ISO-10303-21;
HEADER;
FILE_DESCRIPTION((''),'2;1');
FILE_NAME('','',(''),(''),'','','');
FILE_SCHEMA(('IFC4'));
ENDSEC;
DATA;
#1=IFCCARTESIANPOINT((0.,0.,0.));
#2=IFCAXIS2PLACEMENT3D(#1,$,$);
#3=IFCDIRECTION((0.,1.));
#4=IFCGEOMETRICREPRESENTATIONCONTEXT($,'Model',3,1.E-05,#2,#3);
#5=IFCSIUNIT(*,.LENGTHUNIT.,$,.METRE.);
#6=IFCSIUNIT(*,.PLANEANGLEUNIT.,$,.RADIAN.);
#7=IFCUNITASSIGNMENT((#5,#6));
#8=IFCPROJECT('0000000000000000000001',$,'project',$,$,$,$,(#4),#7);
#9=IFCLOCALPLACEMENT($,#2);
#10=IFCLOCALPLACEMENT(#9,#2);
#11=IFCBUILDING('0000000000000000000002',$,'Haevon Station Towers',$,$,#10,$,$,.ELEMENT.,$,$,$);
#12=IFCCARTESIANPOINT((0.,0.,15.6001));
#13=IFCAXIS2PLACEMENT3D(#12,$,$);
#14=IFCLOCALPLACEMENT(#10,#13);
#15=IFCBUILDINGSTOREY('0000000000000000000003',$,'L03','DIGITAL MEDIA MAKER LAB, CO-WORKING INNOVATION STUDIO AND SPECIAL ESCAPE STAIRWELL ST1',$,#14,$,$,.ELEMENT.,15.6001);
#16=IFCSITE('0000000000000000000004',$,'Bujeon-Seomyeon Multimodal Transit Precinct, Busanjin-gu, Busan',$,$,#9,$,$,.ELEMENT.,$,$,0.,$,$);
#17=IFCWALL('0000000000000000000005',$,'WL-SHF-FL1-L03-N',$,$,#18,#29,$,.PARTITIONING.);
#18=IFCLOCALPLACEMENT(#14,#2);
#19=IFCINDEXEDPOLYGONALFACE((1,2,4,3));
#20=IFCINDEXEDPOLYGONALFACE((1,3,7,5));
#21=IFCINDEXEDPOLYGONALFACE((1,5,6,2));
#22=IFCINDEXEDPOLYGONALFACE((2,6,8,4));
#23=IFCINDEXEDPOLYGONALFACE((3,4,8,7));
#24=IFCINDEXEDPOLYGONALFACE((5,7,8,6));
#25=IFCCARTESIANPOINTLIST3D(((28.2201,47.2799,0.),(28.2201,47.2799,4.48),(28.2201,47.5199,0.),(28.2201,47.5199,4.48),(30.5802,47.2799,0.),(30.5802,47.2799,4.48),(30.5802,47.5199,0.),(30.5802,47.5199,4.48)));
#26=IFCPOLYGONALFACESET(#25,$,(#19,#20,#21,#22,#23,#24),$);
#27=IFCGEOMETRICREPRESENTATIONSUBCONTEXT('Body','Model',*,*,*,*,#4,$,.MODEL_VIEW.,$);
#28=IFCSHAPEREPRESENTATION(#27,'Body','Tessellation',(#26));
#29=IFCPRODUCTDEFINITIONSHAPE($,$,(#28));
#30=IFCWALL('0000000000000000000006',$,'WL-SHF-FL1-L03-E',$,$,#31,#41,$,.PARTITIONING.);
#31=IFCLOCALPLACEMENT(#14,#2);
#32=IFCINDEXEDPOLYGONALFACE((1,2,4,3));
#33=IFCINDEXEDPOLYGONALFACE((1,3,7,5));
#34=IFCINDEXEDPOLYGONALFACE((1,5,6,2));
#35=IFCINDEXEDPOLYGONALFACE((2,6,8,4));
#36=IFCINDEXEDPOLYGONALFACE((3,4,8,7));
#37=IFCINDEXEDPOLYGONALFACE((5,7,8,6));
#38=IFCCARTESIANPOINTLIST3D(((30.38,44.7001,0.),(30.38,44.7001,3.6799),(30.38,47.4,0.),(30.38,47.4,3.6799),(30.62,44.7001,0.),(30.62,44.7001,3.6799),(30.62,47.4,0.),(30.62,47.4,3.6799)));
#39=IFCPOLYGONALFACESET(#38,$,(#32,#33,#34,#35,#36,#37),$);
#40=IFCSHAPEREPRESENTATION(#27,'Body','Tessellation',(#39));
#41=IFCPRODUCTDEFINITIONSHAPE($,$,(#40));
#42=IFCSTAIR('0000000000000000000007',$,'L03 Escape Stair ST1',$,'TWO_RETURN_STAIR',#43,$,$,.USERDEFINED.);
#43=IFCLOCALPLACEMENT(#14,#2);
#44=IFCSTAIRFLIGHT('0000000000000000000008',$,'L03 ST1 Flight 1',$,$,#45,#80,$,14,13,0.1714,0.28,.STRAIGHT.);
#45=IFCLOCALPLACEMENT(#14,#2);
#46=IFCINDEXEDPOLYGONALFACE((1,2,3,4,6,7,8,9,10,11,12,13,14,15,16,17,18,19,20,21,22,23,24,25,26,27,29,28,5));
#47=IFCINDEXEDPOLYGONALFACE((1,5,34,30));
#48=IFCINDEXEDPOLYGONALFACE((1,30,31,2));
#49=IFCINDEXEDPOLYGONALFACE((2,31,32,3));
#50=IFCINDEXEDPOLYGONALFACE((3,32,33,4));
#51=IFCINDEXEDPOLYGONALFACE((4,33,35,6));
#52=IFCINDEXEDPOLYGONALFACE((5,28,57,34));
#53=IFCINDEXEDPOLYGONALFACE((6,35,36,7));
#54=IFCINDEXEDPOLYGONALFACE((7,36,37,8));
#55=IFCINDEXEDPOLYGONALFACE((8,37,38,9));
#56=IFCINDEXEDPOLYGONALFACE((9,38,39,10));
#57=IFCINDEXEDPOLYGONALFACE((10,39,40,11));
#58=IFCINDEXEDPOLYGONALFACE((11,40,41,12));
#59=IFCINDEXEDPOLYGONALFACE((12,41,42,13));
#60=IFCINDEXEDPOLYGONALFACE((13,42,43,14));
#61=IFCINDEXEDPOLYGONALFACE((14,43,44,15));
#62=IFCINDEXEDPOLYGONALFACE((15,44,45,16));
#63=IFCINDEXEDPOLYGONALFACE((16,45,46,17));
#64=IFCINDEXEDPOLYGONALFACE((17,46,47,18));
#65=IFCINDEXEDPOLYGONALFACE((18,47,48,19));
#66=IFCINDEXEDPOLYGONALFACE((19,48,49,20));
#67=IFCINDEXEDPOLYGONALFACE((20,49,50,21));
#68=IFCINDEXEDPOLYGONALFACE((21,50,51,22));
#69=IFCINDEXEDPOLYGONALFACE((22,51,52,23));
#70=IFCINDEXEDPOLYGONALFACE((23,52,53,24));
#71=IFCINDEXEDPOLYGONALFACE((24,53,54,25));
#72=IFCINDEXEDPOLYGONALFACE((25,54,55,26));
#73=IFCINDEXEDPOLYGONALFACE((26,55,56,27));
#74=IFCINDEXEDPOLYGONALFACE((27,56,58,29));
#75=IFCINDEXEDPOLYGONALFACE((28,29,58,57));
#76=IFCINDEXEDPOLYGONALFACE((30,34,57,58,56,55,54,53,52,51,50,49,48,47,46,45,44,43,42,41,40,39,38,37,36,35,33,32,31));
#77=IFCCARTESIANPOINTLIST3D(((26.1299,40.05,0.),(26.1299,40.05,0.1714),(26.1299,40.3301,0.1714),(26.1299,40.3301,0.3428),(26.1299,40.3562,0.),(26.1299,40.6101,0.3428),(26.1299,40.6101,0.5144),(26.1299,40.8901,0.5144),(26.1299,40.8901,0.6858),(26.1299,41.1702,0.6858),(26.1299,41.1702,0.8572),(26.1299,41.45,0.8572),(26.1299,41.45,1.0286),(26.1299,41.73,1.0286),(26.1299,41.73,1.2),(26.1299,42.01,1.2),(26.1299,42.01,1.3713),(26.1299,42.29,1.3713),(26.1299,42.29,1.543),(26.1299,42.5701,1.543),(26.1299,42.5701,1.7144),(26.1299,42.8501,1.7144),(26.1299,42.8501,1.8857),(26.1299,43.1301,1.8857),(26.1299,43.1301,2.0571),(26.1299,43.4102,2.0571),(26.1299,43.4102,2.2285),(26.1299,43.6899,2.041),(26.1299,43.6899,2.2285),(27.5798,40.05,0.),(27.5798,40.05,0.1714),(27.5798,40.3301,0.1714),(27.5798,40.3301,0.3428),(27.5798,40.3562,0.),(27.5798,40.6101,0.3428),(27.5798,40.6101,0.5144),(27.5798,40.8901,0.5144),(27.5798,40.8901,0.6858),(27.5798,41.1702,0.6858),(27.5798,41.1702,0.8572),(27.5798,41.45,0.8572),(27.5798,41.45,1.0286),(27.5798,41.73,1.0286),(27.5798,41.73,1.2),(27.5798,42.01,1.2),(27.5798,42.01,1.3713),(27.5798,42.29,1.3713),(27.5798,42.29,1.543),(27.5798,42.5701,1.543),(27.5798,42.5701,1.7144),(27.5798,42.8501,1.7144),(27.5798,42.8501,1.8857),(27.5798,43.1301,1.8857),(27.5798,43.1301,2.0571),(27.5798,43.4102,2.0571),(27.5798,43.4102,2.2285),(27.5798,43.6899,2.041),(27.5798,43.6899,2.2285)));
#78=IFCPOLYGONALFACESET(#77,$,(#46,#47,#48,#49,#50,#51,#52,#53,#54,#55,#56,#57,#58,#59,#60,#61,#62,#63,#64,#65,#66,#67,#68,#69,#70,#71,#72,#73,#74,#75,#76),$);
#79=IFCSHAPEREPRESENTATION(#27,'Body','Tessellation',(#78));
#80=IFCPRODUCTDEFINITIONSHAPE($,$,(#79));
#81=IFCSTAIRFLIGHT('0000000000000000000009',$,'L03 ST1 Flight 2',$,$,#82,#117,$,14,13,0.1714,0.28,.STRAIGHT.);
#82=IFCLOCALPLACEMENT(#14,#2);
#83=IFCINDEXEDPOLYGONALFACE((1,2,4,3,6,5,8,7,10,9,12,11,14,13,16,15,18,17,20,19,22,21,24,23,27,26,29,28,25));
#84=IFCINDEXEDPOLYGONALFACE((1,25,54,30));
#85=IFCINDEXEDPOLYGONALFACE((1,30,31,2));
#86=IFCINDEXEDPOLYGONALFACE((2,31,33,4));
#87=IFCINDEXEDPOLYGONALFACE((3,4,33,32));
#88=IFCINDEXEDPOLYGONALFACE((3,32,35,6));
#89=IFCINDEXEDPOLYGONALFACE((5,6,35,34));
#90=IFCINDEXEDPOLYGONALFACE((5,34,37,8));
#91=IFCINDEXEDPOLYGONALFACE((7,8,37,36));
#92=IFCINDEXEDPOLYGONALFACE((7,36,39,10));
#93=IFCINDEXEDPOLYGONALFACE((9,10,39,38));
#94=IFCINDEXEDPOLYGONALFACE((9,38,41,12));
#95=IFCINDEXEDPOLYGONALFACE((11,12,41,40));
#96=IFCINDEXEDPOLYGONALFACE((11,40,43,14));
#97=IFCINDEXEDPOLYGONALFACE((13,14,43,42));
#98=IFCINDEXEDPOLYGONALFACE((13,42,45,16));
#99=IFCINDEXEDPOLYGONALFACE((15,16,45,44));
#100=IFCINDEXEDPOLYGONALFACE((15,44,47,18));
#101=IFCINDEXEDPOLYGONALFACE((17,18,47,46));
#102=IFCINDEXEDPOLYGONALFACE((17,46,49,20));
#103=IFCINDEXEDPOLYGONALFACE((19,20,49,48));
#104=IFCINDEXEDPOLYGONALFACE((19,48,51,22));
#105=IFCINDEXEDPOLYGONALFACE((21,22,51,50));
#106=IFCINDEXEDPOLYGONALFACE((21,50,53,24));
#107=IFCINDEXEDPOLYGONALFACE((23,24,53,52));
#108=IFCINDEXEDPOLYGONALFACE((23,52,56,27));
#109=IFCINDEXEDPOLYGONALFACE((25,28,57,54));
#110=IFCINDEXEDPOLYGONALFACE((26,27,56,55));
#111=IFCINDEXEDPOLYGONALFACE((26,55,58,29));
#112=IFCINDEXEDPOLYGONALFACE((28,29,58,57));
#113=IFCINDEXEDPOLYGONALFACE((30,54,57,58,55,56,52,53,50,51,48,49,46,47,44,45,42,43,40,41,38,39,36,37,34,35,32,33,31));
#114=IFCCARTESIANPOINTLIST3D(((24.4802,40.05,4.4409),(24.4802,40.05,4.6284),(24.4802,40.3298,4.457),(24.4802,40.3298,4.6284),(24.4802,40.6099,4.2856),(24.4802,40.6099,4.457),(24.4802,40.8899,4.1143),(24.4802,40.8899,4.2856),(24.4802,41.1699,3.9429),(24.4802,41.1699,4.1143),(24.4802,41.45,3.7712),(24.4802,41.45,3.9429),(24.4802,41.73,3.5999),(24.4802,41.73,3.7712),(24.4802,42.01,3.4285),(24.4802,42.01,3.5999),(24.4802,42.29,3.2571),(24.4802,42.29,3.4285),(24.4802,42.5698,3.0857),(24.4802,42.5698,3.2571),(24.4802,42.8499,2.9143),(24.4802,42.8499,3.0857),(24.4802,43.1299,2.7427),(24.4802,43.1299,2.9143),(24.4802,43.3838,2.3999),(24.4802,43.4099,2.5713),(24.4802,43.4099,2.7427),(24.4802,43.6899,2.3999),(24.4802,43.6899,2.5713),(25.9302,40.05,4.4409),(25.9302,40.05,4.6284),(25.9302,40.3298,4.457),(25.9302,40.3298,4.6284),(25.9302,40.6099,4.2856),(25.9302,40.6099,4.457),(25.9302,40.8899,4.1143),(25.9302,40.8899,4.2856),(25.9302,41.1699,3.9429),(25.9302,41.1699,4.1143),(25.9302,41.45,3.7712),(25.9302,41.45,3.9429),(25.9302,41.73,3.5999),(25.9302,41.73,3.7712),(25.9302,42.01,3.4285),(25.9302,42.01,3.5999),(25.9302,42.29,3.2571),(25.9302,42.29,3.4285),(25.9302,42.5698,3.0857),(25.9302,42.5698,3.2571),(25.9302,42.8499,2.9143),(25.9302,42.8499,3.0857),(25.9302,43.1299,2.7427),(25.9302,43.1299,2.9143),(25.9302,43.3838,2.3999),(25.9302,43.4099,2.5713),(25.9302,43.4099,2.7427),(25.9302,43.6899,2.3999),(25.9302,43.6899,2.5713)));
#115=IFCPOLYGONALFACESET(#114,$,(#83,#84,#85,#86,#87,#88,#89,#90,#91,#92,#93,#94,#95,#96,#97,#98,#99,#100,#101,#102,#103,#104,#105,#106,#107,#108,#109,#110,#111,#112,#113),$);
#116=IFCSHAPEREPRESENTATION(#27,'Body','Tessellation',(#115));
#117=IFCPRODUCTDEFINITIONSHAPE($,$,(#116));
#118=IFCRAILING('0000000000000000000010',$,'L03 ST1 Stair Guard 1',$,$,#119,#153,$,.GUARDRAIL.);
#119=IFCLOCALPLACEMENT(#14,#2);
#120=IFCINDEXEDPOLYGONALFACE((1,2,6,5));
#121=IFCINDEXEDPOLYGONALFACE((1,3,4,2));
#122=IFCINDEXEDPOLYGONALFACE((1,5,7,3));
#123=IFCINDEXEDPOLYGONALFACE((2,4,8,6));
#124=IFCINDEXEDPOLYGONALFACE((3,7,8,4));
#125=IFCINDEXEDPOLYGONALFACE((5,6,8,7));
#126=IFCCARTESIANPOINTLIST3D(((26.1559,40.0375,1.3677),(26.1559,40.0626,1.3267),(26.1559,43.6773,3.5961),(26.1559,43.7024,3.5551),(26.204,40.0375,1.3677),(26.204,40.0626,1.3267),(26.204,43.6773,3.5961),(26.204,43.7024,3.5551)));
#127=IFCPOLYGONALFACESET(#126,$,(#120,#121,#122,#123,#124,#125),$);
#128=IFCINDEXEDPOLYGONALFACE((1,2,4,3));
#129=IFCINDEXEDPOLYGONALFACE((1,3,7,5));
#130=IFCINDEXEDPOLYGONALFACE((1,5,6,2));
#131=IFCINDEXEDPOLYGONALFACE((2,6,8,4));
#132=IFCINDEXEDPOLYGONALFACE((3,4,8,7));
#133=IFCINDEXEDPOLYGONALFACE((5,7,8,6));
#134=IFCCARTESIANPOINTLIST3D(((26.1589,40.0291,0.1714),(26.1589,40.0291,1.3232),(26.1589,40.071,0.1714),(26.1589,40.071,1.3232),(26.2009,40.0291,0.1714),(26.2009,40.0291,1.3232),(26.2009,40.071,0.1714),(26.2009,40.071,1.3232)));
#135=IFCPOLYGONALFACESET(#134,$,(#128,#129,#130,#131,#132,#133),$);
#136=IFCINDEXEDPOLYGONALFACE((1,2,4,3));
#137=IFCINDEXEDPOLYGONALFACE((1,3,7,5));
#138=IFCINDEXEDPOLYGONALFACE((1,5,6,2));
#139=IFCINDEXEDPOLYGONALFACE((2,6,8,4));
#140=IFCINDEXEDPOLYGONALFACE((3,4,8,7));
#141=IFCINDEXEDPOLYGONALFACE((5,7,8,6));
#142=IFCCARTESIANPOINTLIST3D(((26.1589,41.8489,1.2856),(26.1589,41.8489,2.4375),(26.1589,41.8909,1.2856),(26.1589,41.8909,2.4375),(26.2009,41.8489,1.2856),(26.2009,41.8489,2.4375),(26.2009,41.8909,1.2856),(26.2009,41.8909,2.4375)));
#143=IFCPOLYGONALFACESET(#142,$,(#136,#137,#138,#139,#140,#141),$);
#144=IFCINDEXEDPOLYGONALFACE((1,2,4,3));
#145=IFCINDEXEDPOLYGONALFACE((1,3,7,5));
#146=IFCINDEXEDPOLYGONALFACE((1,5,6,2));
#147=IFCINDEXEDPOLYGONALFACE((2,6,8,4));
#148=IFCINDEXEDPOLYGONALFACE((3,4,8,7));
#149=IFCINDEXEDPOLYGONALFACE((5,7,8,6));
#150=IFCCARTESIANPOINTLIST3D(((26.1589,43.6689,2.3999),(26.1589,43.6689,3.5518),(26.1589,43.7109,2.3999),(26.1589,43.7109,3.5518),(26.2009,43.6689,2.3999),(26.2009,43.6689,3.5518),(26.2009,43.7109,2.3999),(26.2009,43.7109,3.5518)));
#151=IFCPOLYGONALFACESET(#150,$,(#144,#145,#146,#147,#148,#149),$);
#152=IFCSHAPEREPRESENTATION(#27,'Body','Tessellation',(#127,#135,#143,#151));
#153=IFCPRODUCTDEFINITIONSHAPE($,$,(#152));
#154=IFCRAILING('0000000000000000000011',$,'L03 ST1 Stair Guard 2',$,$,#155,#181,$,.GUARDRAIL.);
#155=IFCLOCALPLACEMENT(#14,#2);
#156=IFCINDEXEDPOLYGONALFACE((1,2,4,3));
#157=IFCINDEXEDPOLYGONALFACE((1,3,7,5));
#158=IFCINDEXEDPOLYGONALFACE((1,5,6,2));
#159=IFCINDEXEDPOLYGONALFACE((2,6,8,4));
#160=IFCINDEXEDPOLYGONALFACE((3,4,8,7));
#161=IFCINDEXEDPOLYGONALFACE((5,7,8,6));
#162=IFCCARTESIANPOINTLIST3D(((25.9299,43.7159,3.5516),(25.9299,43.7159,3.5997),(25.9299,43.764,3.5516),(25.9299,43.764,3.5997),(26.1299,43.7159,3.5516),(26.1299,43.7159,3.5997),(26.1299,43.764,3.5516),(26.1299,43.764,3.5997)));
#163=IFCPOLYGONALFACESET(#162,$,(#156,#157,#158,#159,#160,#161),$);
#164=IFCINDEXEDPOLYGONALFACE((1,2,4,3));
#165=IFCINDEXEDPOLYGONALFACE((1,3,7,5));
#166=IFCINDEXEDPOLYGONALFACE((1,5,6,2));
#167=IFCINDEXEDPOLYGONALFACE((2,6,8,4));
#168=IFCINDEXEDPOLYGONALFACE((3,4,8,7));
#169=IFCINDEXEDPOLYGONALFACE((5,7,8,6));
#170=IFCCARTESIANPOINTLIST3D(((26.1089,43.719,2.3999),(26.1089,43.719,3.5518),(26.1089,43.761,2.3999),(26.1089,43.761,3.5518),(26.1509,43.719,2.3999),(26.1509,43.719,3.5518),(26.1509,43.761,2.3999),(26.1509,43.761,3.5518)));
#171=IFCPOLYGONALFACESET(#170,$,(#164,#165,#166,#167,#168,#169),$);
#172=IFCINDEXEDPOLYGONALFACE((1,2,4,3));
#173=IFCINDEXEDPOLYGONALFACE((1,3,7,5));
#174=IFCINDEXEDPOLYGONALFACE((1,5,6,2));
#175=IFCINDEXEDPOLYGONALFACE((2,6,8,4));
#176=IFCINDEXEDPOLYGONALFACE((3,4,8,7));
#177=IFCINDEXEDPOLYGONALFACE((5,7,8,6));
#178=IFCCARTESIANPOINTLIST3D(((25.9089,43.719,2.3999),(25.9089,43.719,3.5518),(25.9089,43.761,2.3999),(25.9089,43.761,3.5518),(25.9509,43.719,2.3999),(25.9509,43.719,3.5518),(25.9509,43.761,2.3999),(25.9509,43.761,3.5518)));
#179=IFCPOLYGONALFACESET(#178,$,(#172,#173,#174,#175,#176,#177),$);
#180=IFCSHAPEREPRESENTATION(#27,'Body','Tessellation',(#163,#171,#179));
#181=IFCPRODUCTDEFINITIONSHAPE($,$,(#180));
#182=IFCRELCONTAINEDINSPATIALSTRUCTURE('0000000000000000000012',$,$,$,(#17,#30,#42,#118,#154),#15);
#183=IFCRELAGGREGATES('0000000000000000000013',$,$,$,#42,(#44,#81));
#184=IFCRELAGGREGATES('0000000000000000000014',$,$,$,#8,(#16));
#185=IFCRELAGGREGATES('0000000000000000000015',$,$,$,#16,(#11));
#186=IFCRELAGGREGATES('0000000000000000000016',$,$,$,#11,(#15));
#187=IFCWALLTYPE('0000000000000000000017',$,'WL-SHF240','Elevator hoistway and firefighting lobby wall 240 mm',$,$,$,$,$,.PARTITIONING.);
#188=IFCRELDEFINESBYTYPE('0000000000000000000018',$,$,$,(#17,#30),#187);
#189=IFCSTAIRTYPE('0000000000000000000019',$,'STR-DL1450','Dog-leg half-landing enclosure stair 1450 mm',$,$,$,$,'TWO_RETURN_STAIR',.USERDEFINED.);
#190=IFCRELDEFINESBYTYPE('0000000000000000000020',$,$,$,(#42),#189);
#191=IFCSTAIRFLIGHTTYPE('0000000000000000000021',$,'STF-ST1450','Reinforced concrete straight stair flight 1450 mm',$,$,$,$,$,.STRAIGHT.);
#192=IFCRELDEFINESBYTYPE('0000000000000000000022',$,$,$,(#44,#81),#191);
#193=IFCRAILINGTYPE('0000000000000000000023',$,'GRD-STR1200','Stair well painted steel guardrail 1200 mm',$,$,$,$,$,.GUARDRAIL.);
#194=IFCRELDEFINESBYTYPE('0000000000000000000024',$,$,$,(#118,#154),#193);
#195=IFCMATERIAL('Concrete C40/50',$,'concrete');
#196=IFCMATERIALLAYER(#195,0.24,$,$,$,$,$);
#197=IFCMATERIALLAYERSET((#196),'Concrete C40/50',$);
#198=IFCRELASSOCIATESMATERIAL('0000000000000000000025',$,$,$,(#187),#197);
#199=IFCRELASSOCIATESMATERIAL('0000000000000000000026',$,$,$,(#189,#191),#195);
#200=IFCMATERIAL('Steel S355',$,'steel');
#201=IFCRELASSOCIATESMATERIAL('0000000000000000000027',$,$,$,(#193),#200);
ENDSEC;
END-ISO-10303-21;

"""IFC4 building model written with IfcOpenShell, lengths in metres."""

from ifc_helpers import new_model, si_unit, direction, frame, frame_2d, origin, origin_2d, place, context, subcontext, project, spatial, polyline, rectangle, outline, extrude, material, layer, layer_set, type_object, element, aggregate, save


model = new_model("IFC4")

# Units and contexts
model_context = context("Model", 3, precision=1e-05, world=origin(), true_north=direction((0.0, 1.0)))
body_context = subcontext(model_context, "Body", "Model", "MODEL_VIEW")
ifc_project = project(units=[si_unit("LENGTHUNIT", "METRE"), si_unit("PLANEANGLEUNIT", "RADIAN")], contexts=[model_context])

# Site, building, storey
site_placement = place(None, origin())
site = spatial("IfcSite", under=ifc_project, at=site_placement, Name="Bujeon-Seomyeon Multimodal Transit Precinct, Busanjin-gu, Busan", CompositionType="ELEMENT", RefElevation=0.0)
building_placement = place(site_placement, origin())
building = spatial("IfcBuilding", under=site, at=building_placement, Name="Haevon Station Towers", CompositionType="ELEMENT")
storey_placement = place(building_placement, frame((0.0, 0.0, 15.6001)))
storey = spatial("IfcBuildingStorey", under=building, at=storey_placement, Name="L03", Description="DIGITAL MEDIA MAKER LAB, CO-WORKING INNOVATION STUDIO AND SPECIAL ESCAPE STAIRWELL ST1", CompositionType="ELEMENT", Elevation=15.6001)

# Shared definitions
ifc_material_1 = material(Name="Steel S355", Category="steel")

# Shared definitions
ifc_material_2 = material(Name="Concrete C40/50", Category="concrete")
ifc_layer_1 = layer(ifc_material_2, 0.24)
ifc_layer_set_1 = layer_set([ifc_layer_1], Name="Concrete C40/50")
wall_type_1 = type_object("IfcWallType", Name="WL-SHF240", Description="Elevator hoistway and firefighting lobby wall 240 mm", PredefinedType="PARTITIONING", material=ifc_layer_set_1)

# Walls
wall_1_placement = place(storey_placement, frame((28.22, 47.3999, 0.0), z_axis=(0.0, 0.0, 1.0), x_axis=(1.0, 0.0, 0.0)))
element("IfcWall", 1, at=wall_1_placement, inside=storey, type_object=wall_type_1, Name="WL-SHF-FL1-L03-N", PredefinedType="PARTITIONING", context=body_context, shape_type="SweptSolid", body=[
    extrude(rectangle(XDim=2.3601, YDim=0.24, at=frame_2d((1.1802, 0.0))), origin(), (0.0, 0.0, 1.0), 4.48),
])
wall_2_placement = place(storey_placement, frame((30.5, 44.7, 0.0), z_axis=(0.0, 0.0, 1.0), x_axis=(0.0, 1.0, 0.0)))
element("IfcWall", 2, at=wall_2_placement, inside=storey, type_object=wall_type_1, Name="WL-SHF-FL1-L03-E", PredefinedType="PARTITIONING", context=body_context, shape_type="SweptSolid", body=[
    extrude(rectangle(XDim=2.7, YDim=0.24, at=frame_2d((1.3501, 0.0))), origin(), (0.0, 0.0, 1.0), 3.6799),
])

# Stair, stair flights
stair_type = type_object("IfcStairType", Name="STR-DL1450", Description="Dog-leg half-landing enclosure stair 1450 mm", ElementType="TWO_RETURN_STAIR", PredefinedType="USERDEFINED", material=ifc_material_2)
stair_placement = place(storey_placement, origin())
stair = element("IfcStair", 3, at=stair_placement, inside=storey, type_object=stair_type, Name="L03 Escape Stair ST1", ObjectType="TWO_RETURN_STAIR", PredefinedType="USERDEFINED")
stair_flight_type = type_object("IfcStairFlightType", Name="STF-ST1450", Description="Reinforced concrete straight stair flight 1450 mm", PredefinedType="STRAIGHT", material=ifc_material_2)
stair_flight_1_placement = place(storey_placement, frame((26.855, 40.05, 0.0), z_axis=(0.0, 0.0, 1.0), x_axis=(0.0, 1.0, 0.0)))
stair_flight_1 = element("IfcStairFlight", 4, at=stair_flight_1_placement, type_object=stair_flight_type, Name="L03 ST1 Flight 1", NumberOfRisers=14, NumberOfTreads=13, PredefinedType="STRAIGHT", RiserHeight=0.1714, TreadLength=0.28, context=body_context, shape_type="SweptSolid", body=[
    extrude(outline(polyline([(0.0, 0.0), (0.0, 0.1714), (0.28, 0.1714), (0.28, 0.3428), (0.5601, 0.3428), (0.5601, 0.5144), (0.8401, 0.5144), (0.8401, 0.6858), (1.1201, 0.6858), (1.1201, 0.8572), (1.3999, 0.8572), (1.3999, 1.0286), (1.6799, 1.0286), (1.6799, 1.2), (1.96, 1.2), (1.96, 1.3713), (2.24, 1.3713), (2.24, 1.543), (2.52, 1.543), (2.52, 1.7144), (2.8, 1.7144), (2.8, 1.8857), (3.0801, 1.8857), (3.0801, 2.0571), (3.3601, 2.0571), (3.3601, 2.2285), (3.6399, 2.2285), (3.6399, 2.3999), (3.6399, 2.041), (0.3062, 0.0), (0.0, 0.0)])), frame((0.0, 0.7251, 0.0), z_axis=(0.0, -1.0, 0.0), x_axis=(1.0, 0.0, 0.0)), (0.0, 0.0, 1.0), 1.45),
])
stair_flight_2_placement = place(storey_placement, frame((25.2051, 43.6899, 2.3999), z_axis=(0.0, 0.0, 1.0), x_axis=(0.0, -1.0, 0.0)))
stair_flight_2 = element("IfcStairFlight", 5, at=stair_flight_2_placement, type_object=stair_flight_type, Name="L03 ST1 Flight 2", NumberOfRisers=14, NumberOfTreads=13, PredefinedType="STRAIGHT", RiserHeight=0.1714, TreadLength=0.28, context=body_context, shape_type="SweptSolid", body=[
    extrude(outline(polyline([(0.0, 0.0), (0.0, 0.1714), (0.28, 0.1714), (0.28, 0.3428), (0.5601, 0.3428), (0.5601, 0.5144), (0.8401, 0.5144), (0.8401, 0.6858), (1.1201, 0.6858), (1.1201, 0.8572), (1.3999, 0.8572), (1.3999, 1.0286), (1.6799, 1.0286), (1.6799, 1.2), (1.96, 1.2), (1.96, 1.3713), (2.24, 1.3713), (2.24, 1.543), (2.52, 1.543), (2.52, 1.7144), (2.8, 1.7144), (2.8, 1.8857), (3.0801, 1.8857), (3.0801, 2.0571), (3.3601, 2.0571), (3.3601, 2.2285), (3.6399, 2.2285), (3.6399, 2.3999), (3.6399, 2.041), (0.3062, 0.0), (0.0, 0.0)])), frame((0.0, 0.7251, 0.0), z_axis=(0.0, -1.0, 0.0), x_axis=(1.0, 0.0, 0.0)), (0.0, 0.0, 1.0), 1.45),
])
aggregate(stair, [stair_flight_1, stair_flight_2])

# Railings
railing_type_1 = type_object("IfcRailingType", Name="GRD-STR1200", Description="Stair well painted steel guardrail 1200 mm", PredefinedType="GUARDRAIL", material=ifc_material_1)
railing_1_placement = place(storey_placement, frame((26.1799, 40.05, 0.1714)))
element("IfcRailing", 6, at=railing_1_placement, inside=storey, type_object=railing_type_1, Name="L03 ST1 Stair Guard 1", PredefinedType="GUARDRAIL", context=body_context, shape_type="SweptSolid", body=[
    extrude(rectangle(XDim=0.0481, YDim=0.0481, at=origin_2d()), frame((0.0, 0.0, 1.1758), z_axis=(0.0, 0.85285, 0.522156), x_axis=(-1.0, 0.0, 0.0)), (0.0, 0.0, 1.0), 4.2678),
    extrude(rectangle(XDim=0.042, YDim=0.042, at=origin_2d()), origin(), (0.0, 0.0, 1.0), 1.1519),
    extrude(rectangle(XDim=0.042, YDim=0.042, at=origin_2d()), frame((0.0, 1.8198, 1.1143)), (0.0, 0.0, 1.0), 1.1519),
    extrude(rectangle(XDim=0.042, YDim=0.042, at=origin_2d()), frame((0.0, 3.6399, 2.2285)), (0.0, 0.0, 1.0), 1.1519),
])
railing_2_placement = place(storey_placement, frame((26.1299, 43.74, 2.3999)))
element("IfcRailing", 7, at=railing_2_placement, inside=storey, type_object=railing_type_1, Name="L03 ST1 Stair Guard 2", PredefinedType="GUARDRAIL", context=body_context, shape_type="SweptSolid", body=[
    extrude(rectangle(XDim=0.0481, YDim=0.0481, at=origin_2d()), frame((0.0, 0.0, 1.1758), z_axis=(-1.0, 0.0, 0.0), x_axis=(0.0, -1.0, 0.0)), (0.0, 0.0, 1.0), 0.2),
    extrude(rectangle(XDim=0.042, YDim=0.042, at=origin_2d()), origin(), (0.0, 0.0, 1.0), 1.1519),
    extrude(rectangle(XDim=0.042, YDim=0.042, at=origin_2d()), frame((-0.2, 0.0, 0.0)), (0.0, 0.0, 1.0), 1.1519),
])

save(model, "model.ifc")
